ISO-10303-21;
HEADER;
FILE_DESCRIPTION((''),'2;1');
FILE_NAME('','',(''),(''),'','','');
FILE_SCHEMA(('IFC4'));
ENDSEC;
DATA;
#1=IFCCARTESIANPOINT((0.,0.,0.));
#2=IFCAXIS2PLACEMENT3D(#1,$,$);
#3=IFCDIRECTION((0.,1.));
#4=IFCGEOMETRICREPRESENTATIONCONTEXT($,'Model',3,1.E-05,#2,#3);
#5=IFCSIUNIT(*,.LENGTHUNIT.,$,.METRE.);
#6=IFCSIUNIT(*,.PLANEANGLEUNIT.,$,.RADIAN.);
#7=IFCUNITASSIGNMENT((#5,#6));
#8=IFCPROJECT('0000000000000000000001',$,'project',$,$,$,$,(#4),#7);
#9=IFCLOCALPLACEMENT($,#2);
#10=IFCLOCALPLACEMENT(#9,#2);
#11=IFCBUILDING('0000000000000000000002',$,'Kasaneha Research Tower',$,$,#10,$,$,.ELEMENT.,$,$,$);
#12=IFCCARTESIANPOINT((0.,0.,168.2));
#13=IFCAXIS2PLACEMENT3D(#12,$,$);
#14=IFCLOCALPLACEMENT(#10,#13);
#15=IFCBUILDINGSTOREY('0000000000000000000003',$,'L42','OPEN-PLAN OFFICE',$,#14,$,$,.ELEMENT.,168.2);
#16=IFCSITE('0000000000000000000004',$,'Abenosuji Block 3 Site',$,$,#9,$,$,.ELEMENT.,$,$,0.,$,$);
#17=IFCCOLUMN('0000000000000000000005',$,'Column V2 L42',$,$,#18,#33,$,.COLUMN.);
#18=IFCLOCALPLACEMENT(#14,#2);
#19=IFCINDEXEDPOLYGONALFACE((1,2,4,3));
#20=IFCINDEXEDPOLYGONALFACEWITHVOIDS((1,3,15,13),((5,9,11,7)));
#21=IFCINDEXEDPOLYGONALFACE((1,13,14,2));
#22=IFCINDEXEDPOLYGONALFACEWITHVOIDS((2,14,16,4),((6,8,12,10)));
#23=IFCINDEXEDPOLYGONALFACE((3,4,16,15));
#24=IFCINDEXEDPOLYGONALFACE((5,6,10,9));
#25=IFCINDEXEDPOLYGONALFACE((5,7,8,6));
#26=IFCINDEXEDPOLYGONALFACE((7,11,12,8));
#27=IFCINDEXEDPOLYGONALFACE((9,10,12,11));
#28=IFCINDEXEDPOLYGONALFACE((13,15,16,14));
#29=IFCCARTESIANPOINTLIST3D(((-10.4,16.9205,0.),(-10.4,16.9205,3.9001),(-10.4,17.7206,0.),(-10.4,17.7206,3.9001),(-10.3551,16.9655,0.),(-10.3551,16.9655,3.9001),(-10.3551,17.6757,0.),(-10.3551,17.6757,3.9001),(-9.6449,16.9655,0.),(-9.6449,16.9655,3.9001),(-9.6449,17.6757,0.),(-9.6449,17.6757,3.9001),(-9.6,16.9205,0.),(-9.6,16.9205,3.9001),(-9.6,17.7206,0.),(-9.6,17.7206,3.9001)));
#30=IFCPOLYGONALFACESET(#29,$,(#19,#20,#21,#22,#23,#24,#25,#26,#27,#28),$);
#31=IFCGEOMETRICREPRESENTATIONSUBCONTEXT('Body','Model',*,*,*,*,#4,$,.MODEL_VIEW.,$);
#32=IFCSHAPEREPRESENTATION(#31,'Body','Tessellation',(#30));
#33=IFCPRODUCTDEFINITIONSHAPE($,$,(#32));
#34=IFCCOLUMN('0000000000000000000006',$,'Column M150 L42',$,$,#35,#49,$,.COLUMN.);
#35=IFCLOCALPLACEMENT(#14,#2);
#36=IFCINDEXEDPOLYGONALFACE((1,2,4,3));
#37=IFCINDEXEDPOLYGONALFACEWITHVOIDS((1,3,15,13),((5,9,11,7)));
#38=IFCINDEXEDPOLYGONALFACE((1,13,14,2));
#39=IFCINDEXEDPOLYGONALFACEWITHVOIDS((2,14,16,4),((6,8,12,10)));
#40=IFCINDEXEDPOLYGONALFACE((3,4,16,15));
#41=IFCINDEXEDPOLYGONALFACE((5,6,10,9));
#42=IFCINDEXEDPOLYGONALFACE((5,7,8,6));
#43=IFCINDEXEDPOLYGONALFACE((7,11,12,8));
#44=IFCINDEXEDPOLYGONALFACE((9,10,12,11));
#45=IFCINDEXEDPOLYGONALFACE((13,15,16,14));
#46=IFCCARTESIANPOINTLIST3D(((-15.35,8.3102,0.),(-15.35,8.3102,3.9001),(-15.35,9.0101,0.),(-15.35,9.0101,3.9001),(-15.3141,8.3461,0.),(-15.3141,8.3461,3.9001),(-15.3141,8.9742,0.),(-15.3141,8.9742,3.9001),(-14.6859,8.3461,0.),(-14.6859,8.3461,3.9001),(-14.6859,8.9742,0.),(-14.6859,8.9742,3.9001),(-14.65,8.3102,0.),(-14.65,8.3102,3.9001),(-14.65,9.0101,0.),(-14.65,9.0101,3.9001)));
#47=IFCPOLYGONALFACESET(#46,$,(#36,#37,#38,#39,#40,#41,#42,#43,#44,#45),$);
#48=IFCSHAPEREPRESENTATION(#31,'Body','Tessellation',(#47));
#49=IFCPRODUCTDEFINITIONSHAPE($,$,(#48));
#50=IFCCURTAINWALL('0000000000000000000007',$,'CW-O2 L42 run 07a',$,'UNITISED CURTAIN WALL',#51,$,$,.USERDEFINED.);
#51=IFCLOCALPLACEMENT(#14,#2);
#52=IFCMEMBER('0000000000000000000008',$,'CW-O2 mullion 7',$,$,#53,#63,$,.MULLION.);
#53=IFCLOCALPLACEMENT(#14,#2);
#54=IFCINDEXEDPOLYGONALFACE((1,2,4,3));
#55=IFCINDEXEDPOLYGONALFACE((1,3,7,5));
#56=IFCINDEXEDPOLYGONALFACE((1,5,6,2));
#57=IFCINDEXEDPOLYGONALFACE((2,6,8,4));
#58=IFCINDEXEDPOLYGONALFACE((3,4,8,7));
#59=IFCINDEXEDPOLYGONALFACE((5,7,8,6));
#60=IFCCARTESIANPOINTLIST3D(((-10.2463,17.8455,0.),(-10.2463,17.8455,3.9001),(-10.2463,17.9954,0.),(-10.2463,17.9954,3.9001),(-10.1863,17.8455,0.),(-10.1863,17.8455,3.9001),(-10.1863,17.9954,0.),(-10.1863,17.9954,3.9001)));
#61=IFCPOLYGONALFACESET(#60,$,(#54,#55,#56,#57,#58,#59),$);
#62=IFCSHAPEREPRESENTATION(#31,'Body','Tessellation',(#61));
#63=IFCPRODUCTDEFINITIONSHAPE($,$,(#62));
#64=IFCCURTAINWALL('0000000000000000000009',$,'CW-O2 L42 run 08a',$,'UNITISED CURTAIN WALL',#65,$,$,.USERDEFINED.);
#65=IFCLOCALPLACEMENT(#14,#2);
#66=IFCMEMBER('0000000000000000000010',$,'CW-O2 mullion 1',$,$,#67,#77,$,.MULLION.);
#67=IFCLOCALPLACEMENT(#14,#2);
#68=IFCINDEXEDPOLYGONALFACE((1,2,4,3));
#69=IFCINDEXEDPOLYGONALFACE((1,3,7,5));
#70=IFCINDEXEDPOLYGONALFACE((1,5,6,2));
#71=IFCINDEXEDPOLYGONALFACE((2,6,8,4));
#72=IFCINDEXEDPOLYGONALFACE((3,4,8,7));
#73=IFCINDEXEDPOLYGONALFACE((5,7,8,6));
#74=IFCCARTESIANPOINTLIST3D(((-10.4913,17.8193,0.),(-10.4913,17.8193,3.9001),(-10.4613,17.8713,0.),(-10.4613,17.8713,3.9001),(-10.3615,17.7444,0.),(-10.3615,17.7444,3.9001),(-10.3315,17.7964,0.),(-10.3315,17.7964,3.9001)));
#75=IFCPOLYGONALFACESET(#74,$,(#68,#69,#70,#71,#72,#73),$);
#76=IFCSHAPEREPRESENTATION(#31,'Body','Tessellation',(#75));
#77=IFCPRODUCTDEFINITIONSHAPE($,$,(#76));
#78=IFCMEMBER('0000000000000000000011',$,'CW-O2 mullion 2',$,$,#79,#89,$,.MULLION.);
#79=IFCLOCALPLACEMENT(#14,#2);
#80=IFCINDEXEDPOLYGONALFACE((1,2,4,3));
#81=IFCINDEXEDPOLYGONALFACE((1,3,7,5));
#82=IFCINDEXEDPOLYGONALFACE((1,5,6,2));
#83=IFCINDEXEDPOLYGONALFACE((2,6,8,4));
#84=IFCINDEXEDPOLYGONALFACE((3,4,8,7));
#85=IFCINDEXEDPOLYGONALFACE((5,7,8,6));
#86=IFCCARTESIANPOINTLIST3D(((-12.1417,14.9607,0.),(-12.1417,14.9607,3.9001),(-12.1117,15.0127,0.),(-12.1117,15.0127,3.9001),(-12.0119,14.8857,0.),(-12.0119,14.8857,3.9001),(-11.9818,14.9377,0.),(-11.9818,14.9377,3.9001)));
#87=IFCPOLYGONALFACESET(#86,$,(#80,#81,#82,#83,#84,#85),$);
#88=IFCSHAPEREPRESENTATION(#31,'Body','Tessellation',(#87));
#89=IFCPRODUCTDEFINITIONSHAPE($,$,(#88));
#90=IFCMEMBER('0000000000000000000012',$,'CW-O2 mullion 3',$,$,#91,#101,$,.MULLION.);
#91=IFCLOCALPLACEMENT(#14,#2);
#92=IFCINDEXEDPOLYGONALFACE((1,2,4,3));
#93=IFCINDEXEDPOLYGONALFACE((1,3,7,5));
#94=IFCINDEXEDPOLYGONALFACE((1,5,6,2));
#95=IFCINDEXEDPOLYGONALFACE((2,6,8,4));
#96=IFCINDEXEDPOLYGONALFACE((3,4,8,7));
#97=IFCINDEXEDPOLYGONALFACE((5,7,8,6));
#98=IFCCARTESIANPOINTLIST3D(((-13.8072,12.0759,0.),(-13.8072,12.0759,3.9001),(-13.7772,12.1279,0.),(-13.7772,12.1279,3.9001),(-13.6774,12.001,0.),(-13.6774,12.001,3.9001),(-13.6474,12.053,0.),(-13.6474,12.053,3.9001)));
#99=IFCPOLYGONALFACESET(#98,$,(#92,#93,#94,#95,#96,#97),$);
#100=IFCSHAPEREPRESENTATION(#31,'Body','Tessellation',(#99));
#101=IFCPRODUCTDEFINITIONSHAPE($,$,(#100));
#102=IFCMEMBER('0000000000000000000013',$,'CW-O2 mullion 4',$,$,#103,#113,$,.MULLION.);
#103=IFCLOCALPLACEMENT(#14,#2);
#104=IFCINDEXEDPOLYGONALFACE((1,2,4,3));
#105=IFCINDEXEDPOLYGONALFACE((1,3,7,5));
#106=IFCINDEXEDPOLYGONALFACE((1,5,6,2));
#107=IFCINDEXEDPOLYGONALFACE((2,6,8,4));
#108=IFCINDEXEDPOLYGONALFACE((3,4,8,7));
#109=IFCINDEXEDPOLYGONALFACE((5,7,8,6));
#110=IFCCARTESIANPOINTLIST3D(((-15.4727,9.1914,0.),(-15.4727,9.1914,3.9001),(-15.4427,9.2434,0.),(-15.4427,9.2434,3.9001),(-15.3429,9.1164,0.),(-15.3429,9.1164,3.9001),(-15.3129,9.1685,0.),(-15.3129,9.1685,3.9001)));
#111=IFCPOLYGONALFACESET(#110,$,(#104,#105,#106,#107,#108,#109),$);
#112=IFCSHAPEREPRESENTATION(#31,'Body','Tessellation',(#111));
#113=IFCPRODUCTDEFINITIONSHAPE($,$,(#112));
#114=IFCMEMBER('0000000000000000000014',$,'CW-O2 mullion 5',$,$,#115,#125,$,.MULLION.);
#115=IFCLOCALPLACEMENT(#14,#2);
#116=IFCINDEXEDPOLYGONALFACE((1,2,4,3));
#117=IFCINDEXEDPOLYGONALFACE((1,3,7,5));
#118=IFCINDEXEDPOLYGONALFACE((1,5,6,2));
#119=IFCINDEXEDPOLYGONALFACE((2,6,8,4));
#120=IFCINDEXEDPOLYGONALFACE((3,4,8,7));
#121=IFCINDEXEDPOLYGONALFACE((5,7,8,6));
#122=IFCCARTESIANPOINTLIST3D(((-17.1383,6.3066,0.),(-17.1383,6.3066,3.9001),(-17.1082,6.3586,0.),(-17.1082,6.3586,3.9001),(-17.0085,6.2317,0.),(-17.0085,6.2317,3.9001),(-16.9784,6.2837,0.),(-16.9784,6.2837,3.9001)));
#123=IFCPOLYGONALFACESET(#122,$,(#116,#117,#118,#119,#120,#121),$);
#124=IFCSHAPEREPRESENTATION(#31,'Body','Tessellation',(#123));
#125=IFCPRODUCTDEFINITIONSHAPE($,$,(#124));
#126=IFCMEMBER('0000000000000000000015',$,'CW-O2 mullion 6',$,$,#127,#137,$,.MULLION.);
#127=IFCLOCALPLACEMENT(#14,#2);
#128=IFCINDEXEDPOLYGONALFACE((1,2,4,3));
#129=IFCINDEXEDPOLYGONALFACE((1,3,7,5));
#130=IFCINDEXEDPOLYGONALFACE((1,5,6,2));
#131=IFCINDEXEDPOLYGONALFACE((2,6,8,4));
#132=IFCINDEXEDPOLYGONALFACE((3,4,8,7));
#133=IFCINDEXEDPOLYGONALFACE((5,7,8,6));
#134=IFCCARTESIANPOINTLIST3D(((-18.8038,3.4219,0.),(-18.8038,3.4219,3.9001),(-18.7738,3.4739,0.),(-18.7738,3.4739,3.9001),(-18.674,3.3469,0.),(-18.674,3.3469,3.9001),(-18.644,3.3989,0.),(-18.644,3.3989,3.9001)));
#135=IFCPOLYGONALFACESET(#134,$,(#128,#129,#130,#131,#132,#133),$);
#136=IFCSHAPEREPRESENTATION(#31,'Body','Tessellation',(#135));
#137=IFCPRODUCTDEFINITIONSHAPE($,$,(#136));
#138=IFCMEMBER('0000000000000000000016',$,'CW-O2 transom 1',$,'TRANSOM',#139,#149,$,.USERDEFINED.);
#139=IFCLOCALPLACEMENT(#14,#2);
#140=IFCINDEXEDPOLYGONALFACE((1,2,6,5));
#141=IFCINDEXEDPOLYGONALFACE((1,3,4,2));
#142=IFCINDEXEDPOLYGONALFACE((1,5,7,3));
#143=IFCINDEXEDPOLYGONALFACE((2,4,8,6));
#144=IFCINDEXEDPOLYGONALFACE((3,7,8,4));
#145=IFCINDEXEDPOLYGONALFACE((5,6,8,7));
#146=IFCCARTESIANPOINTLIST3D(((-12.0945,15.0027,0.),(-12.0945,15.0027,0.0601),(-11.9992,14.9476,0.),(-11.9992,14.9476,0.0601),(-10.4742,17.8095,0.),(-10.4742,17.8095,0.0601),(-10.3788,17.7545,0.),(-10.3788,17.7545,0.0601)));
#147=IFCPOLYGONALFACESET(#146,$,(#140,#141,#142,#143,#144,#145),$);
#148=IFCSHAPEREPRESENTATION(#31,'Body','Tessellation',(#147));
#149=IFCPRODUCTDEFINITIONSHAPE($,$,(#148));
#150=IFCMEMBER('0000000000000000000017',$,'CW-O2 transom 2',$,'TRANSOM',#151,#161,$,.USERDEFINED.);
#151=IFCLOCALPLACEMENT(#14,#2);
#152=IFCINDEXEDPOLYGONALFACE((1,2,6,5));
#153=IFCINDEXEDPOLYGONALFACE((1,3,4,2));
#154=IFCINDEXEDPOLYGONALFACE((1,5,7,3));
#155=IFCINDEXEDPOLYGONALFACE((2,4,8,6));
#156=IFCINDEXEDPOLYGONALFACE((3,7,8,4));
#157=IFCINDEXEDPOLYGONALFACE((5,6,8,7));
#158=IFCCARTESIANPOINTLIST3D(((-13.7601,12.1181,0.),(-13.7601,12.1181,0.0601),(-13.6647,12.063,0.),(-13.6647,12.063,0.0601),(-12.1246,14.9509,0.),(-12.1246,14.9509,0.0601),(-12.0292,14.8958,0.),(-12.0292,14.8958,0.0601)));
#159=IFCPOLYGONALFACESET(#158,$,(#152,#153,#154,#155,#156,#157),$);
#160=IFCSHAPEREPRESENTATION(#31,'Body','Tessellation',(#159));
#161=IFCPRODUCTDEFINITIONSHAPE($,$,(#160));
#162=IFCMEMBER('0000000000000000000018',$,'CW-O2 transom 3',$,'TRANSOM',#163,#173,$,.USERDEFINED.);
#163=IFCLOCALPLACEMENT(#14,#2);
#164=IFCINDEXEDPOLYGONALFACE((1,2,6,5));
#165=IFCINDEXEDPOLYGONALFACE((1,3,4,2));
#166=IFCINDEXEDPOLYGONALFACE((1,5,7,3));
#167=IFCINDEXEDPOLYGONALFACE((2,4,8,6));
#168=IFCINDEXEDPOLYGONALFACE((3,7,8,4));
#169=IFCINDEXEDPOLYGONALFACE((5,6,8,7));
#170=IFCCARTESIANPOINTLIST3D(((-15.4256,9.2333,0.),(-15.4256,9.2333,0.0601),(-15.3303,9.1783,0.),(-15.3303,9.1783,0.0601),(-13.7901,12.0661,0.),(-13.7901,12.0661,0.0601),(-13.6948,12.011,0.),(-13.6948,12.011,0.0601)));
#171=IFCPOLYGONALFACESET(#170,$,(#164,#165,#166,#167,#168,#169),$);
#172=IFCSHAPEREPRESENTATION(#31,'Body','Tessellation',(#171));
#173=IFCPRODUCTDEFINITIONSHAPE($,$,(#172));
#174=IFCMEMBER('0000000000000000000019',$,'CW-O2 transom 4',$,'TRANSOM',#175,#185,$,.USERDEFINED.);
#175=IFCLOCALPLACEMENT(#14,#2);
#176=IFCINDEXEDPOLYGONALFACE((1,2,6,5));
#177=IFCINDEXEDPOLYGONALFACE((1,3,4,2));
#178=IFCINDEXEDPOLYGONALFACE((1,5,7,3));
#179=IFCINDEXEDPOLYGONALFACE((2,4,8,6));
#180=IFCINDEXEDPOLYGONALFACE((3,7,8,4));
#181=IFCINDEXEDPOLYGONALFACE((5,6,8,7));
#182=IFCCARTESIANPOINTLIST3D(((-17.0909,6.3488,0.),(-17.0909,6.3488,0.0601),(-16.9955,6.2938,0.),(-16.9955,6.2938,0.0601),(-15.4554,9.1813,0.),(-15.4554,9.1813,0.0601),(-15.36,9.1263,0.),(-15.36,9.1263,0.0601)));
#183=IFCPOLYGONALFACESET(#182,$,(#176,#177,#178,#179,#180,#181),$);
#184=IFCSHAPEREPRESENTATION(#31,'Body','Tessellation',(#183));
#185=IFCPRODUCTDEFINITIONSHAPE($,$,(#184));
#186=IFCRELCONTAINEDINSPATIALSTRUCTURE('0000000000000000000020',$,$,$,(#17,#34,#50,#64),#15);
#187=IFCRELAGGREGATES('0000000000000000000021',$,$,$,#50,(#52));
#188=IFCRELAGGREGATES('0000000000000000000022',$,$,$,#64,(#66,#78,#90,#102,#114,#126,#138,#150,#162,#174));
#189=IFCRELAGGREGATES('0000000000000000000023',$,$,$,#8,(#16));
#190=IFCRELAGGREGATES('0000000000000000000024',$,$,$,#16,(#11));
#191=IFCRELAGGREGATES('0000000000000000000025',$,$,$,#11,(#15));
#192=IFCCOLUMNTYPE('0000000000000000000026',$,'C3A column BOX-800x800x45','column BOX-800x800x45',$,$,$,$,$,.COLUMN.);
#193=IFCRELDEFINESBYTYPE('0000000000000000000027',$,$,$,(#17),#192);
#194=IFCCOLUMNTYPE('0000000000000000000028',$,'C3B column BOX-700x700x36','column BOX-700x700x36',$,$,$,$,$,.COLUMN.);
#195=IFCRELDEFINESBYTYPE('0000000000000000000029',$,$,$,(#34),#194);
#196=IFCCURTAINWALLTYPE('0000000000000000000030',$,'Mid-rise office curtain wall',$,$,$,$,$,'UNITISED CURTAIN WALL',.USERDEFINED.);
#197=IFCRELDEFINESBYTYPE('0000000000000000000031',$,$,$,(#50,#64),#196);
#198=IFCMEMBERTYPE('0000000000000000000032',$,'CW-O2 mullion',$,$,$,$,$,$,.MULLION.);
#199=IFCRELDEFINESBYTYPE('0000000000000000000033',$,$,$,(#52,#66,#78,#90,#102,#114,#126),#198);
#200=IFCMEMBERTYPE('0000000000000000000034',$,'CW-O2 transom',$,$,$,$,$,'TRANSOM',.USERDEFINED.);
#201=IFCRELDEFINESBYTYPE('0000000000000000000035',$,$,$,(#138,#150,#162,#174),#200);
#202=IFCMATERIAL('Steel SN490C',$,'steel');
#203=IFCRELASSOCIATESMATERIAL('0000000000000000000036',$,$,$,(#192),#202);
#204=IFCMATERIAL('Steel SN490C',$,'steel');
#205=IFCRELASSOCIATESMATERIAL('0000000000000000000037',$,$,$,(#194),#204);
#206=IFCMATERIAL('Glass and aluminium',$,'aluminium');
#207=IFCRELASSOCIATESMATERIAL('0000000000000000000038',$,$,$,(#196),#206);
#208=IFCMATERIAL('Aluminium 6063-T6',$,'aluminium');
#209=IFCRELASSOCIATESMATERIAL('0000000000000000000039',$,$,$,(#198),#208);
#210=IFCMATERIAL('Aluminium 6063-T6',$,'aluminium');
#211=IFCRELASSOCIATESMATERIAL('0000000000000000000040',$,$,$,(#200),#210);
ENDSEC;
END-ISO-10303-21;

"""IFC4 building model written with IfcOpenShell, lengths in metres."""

from ifc_helpers import new_model, si_unit, direction, frame, origin, origin_2d, place, context, subcontext, project, spatial, rectangle, hollow_rectangle, extrude, material, material_profile, profile_set, type_object, element, aggregate, save


model = new_model("IFC4")

# Units and contexts
model_context = context("Model", 3, precision=1e-05, world=origin(), true_north=direction((0.0, 1.0)))
body_context = subcontext(model_context, "Body", "Model", "MODEL_VIEW")
ifc_project = project(units=[si_unit("LENGTHUNIT", "METRE"), si_unit("PLANEANGLEUNIT", "RADIAN")], contexts=[model_context])

# Site, building, storey
site_placement = place(None, origin())
site = spatial("IfcSite", under=ifc_project, at=site_placement, Name="Abenosuji Block 3 Site", CompositionType="ELEMENT", RefElevation=0.0)
building_placement = place(site_placement, origin())
building = spatial("IfcBuilding", under=site, at=building_placement, Name="Kasaneha Research Tower", CompositionType="ELEMENT")
storey_placement = place(building_placement, frame((0.0, 0.0, 168.2)))
storey = spatial("IfcBuildingStorey", under=building, at=storey_placement, Name="L42", Description="OPEN-PLAN OFFICE", CompositionType="ELEMENT", Elevation=168.2)

# Columns
ifc_material_1 = material(Name="Steel SN490C", Category="steel")
ifc_material_profile_1 = material_profile(ifc_material_1, hollow_rectangle(XDim=0.8, YDim=0.8, WallThickness=0.0449, at=origin_2d()), Name="BOX-800x800x45")
ifc_profile_set_1 = profile_set([ifc_material_profile_1], Name="Steel SN490C")
column_type_1 = type_object("IfcColumnType", Name="C3A column BOX-800x800x45", Description="column BOX-800x800x45", PredefinedType="COLUMN", material=ifc_profile_set_1)
column_1_placement = place(storey_placement, frame((-10.0, 17.3206, 0.0), z_axis=(0.0, 0.0, 1.0), x_axis=(1.0, 0.0, 0.0)))
element("IfcColumn", 1, at=column_1_placement, inside=storey, type_object=column_type_1, Name="Column V2 L42", PredefinedType="COLUMN", context=body_context, shape_type="SweptSolid", body=[
    extrude(hollow_rectangle(XDim=0.8, YDim=0.8, WallThickness=0.0449, at=origin_2d()), origin(), (0.0, 0.0, 1.0), 3.9001),
])
ifc_material_2 = material(Name="Steel SN490C", Category="steel")
ifc_material_profile_2 = material_profile(ifc_material_2, hollow_rectangle(XDim=0.7, YDim=0.7, WallThickness=0.0359, at=origin_2d()), Name="BOX-700x700x36")
ifc_profile_set_2 = profile_set([ifc_material_profile_2], Name="Steel SN490C")
column_type_2 = type_object("IfcColumnType", Name="C3B column BOX-700x700x36", Description="column BOX-700x700x36", PredefinedType="COLUMN", material=ifc_profile_set_2)
column_2_placement = place(storey_placement, frame((-15.0, 8.6602, 0.0), z_axis=(0.0, 0.0, 1.0), x_axis=(1.0, 0.0, 0.0)))
element("IfcColumn", 2, at=column_2_placement, inside=storey, type_object=column_type_2, Name="Column M150 L42", PredefinedType="COLUMN", context=body_context, shape_type="SweptSolid", body=[
    extrude(hollow_rectangle(XDim=0.7, YDim=0.7, WallThickness=0.0359, at=origin_2d()), origin(), (0.0, 0.0, 1.0), 3.9001),
])

# Curtain wall, member
ifc_material_3 = material(Name="Glass and aluminium", Category="aluminium")
curtain_wall_type = type_object("IfcCurtainWallType", Name="Mid-rise office curtain wall", ElementType="UNITISED CURTAIN WALL", PredefinedType="USERDEFINED", material=ifc_material_3)
curtain_wall_1_placement = place(storey_placement, origin())
curtain_wall_1 = element("IfcCurtainWall", 3, at=curtain_wall_1_placement, inside=storey, type_object=curtain_wall_type, Name="CW-O2 L42 run 07a", ObjectType="UNITISED CURTAIN WALL", PredefinedType="USERDEFINED")
ifc_material_4 = material(Name="Aluminium 6063-T6", Category="aluminium")
ifc_material_profile_3 = material_profile(ifc_material_4, rectangle(XDim=0.0601, YDim=0.1499, at=origin_2d()), Name="CW-O2 mullion 60x150")
ifc_profile_set_3 = profile_set([ifc_material_profile_3], Name="Aluminium 6063-T6")
member_type_1 = type_object("IfcMemberType", Name="CW-O2 mullion", PredefinedType="MULLION", material=ifc_profile_set_3)
member_1_placement = place(storey_placement, frame((-10.2163, 17.9204, 0.0), z_axis=(0.0, 0.0, 1.0), x_axis=(-1.0, 0.0, 0.0)))
member_1 = element("IfcMember", 4, at=member_1_placement, type_object=member_type_1, Name="CW-O2 mullion 7", PredefinedType="MULLION", context=body_context, shape_type="SweptSolid", body=[
    extrude(rectangle(XDim=0.0601, YDim=0.1499, at=origin_2d()), origin(), (0.0, 0.0, 1.0), 3.9001),
])
aggregate(curtain_wall_1, [member_1])

# Curtain wall, members
curtain_wall_2_placement = place(storey_placement, origin())
curtain_wall_2 = element("IfcCurtainWall", 5, at=curtain_wall_2_placement, inside=storey, type_object=curtain_wall_type, Name="CW-O2 L42 run 08a", ObjectType="UNITISED CURTAIN WALL", PredefinedType="USERDEFINED")
member_2_placement = place(storey_placement, frame((-10.4114, 17.8079, 0.0), z_axis=(0.0, 0.0, 1.0), x_axis=(-0.5, -0.866025, 0.0)))
member_2 = element("IfcMember", 6, at=member_2_placement, type_object=member_type_1, Name="CW-O2 mullion 1", PredefinedType="MULLION", context=body_context, shape_type="SweptSolid", body=[
    extrude(rectangle(XDim=0.0601, YDim=0.1499, at=origin_2d()), origin(), (0.0, 0.0, 1.0), 3.9001),
])
member_3_placement = place(storey_placement, frame((-12.0618, 14.9492, 0.0), z_axis=(0.0, 0.0, 1.0), x_axis=(-0.5, -0.866025, 0.0)))
member_3 = element("IfcMember", 7, at=member_3_placement, type_object=member_type_1, Name="CW-O2 mullion 2", PredefinedType="MULLION", context=body_context, shape_type="SweptSolid", body=[
    extrude(rectangle(XDim=0.0601, YDim=0.1499, at=origin_2d()), origin(), (0.0, 0.0, 1.0), 3.9001),
])
member_4_placement = place(storey_placement, frame((-13.7273, 12.0645, 0.0), z_axis=(0.0, 0.0, 1.0), x_axis=(-0.5, -0.866025, 0.0)))
member_4 = element("IfcMember", 8, at=member_4_placement, type_object=member_type_1, Name="CW-O2 mullion 3", PredefinedType="MULLION", context=body_context, shape_type="SweptSolid", body=[
    extrude(rectangle(XDim=0.0601, YDim=0.1499, at=origin_2d()), origin(), (0.0, 0.0, 1.0), 3.9001),
])
member_5_placement = place(storey_placement, frame((-15.3928, 9.1799, 0.0), z_axis=(0.0, 0.0, 1.0), x_axis=(-0.5, -0.866025, 0.0)))
member_5 = element("IfcMember", 9, at=member_5_placement, type_object=member_type_1, Name="CW-O2 mullion 4", PredefinedType="MULLION", context=body_context, shape_type="SweptSolid", body=[
    extrude(rectangle(XDim=0.0601, YDim=0.1499, at=origin_2d()), origin(), (0.0, 0.0, 1.0), 3.9001),
])
member_6_placement = place(storey_placement, frame((-17.0583, 6.2952, 0.0), z_axis=(0.0, 0.0, 1.0), x_axis=(-0.5, -0.866025, 0.0)))
member_6 = element("IfcMember", 10, at=member_6_placement, type_object=member_type_1, Name="CW-O2 mullion 5", PredefinedType="MULLION", context=body_context, shape_type="SweptSolid", body=[
    extrude(rectangle(XDim=0.0601, YDim=0.1499, at=origin_2d()), origin(), (0.0, 0.0, 1.0), 3.9001),
])
member_7_placement = place(storey_placement, frame((-18.7239, 3.4104, 0.0), z_axis=(0.0, 0.0, 1.0), x_axis=(-0.5, -0.866025, 0.0)))
member_7 = element("IfcMember", 11, at=member_7_placement, type_object=member_type_1, Name="CW-O2 mullion 6", PredefinedType="MULLION", context=body_context, shape_type="SweptSolid", body=[
    extrude(rectangle(XDim=0.0601, YDim=0.1499, at=origin_2d()), origin(), (0.0, 0.0, 1.0), 3.9001),
])
ifc_material_5 = material(Name="Aluminium 6063-T6", Category="aluminium")
ifc_material_profile_4 = material_profile(ifc_material_5, rectangle(XDim=0.1101, YDim=0.0601, at=origin_2d()), Name="CW-O2 transom 110x60")
ifc_profile_set_4 = profile_set([ifc_material_profile_4], Name="Aluminium 6063-T6")
member_type_2 = type_object("IfcMemberType", Name="CW-O2 transom", ElementType="TRANSOM", PredefinedType="USERDEFINED", material=ifc_profile_set_4)
member_8_placement = place(storey_placement, frame((-10.4265, 17.782, 0.03), z_axis=(-0.499955, -0.866051, 0.0), x_axis=(0.866051, -0.499955, 0.0)))
member_8 = element("IfcMember", 12, at=member_8_placement, type_object=member_type_2, Name="CW-O2 transom 1", ObjectType="TRANSOM", PredefinedType="USERDEFINED", context=body_context, shape_type="SweptSolid", body=[
    extrude(rectangle(XDim=0.1101, YDim=0.0601, at=origin_2d()), origin(), (0.0, 0.0, 1.0), 3.241),
])
member_9_placement = place(storey_placement, frame((-12.0769, 14.9233, 0.03), z_axis=(-0.5, -0.866025, 0.0), x_axis=(0.866025, -0.5, 0.0)))
member_9 = element("IfcMember", 13, at=member_9_placement, type_object=member_type_2, Name="CW-O2 transom 2", ObjectType="TRANSOM", PredefinedType="USERDEFINED", context=body_context, shape_type="SweptSolid", body=[
    extrude(rectangle(XDim=0.1101, YDim=0.0601, at=origin_2d()), origin(), (0.0, 0.0, 1.0), 3.271),
])
member_10_placement = place(storey_placement, frame((-13.7424, 12.0386, 0.03), z_axis=(-0.5, -0.866025, 0.0), x_axis=(0.866025, -0.5, 0.0)))
member_10 = element("IfcMember", 14, at=member_10_placement, type_object=member_type_2, Name="CW-O2 transom 3", ObjectType="TRANSOM", PredefinedType="USERDEFINED", context=body_context, shape_type="SweptSolid", body=[
    extrude(rectangle(XDim=0.1101, YDim=0.0601, at=origin_2d()), origin(), (0.0, 0.0, 1.0), 3.271),
])
member_11_placement = place(storey_placement, frame((-15.4077, 9.1538, 0.03), z_axis=(-0.500033, -0.866007, 0.0), x_axis=(0.866007, -0.500033, 0.0)))
member_11 = element("IfcMember", 15, at=member_11_placement, type_object=member_type_2, Name="CW-O2 transom 4", ObjectType="TRANSOM", PredefinedType="USERDEFINED", context=body_context, shape_type="SweptSolid", body=[
    extrude(rectangle(XDim=0.1101, YDim=0.0601, at=origin_2d()), origin(), (0.0, 0.0, 1.0), 3.2708),
])

aggregate(curtain_wall_2, [member_2, member_3, member_4, member_5, member_6, member_7, member_8, member_9, member_10, member_11])

save(model, "model.ifc")
